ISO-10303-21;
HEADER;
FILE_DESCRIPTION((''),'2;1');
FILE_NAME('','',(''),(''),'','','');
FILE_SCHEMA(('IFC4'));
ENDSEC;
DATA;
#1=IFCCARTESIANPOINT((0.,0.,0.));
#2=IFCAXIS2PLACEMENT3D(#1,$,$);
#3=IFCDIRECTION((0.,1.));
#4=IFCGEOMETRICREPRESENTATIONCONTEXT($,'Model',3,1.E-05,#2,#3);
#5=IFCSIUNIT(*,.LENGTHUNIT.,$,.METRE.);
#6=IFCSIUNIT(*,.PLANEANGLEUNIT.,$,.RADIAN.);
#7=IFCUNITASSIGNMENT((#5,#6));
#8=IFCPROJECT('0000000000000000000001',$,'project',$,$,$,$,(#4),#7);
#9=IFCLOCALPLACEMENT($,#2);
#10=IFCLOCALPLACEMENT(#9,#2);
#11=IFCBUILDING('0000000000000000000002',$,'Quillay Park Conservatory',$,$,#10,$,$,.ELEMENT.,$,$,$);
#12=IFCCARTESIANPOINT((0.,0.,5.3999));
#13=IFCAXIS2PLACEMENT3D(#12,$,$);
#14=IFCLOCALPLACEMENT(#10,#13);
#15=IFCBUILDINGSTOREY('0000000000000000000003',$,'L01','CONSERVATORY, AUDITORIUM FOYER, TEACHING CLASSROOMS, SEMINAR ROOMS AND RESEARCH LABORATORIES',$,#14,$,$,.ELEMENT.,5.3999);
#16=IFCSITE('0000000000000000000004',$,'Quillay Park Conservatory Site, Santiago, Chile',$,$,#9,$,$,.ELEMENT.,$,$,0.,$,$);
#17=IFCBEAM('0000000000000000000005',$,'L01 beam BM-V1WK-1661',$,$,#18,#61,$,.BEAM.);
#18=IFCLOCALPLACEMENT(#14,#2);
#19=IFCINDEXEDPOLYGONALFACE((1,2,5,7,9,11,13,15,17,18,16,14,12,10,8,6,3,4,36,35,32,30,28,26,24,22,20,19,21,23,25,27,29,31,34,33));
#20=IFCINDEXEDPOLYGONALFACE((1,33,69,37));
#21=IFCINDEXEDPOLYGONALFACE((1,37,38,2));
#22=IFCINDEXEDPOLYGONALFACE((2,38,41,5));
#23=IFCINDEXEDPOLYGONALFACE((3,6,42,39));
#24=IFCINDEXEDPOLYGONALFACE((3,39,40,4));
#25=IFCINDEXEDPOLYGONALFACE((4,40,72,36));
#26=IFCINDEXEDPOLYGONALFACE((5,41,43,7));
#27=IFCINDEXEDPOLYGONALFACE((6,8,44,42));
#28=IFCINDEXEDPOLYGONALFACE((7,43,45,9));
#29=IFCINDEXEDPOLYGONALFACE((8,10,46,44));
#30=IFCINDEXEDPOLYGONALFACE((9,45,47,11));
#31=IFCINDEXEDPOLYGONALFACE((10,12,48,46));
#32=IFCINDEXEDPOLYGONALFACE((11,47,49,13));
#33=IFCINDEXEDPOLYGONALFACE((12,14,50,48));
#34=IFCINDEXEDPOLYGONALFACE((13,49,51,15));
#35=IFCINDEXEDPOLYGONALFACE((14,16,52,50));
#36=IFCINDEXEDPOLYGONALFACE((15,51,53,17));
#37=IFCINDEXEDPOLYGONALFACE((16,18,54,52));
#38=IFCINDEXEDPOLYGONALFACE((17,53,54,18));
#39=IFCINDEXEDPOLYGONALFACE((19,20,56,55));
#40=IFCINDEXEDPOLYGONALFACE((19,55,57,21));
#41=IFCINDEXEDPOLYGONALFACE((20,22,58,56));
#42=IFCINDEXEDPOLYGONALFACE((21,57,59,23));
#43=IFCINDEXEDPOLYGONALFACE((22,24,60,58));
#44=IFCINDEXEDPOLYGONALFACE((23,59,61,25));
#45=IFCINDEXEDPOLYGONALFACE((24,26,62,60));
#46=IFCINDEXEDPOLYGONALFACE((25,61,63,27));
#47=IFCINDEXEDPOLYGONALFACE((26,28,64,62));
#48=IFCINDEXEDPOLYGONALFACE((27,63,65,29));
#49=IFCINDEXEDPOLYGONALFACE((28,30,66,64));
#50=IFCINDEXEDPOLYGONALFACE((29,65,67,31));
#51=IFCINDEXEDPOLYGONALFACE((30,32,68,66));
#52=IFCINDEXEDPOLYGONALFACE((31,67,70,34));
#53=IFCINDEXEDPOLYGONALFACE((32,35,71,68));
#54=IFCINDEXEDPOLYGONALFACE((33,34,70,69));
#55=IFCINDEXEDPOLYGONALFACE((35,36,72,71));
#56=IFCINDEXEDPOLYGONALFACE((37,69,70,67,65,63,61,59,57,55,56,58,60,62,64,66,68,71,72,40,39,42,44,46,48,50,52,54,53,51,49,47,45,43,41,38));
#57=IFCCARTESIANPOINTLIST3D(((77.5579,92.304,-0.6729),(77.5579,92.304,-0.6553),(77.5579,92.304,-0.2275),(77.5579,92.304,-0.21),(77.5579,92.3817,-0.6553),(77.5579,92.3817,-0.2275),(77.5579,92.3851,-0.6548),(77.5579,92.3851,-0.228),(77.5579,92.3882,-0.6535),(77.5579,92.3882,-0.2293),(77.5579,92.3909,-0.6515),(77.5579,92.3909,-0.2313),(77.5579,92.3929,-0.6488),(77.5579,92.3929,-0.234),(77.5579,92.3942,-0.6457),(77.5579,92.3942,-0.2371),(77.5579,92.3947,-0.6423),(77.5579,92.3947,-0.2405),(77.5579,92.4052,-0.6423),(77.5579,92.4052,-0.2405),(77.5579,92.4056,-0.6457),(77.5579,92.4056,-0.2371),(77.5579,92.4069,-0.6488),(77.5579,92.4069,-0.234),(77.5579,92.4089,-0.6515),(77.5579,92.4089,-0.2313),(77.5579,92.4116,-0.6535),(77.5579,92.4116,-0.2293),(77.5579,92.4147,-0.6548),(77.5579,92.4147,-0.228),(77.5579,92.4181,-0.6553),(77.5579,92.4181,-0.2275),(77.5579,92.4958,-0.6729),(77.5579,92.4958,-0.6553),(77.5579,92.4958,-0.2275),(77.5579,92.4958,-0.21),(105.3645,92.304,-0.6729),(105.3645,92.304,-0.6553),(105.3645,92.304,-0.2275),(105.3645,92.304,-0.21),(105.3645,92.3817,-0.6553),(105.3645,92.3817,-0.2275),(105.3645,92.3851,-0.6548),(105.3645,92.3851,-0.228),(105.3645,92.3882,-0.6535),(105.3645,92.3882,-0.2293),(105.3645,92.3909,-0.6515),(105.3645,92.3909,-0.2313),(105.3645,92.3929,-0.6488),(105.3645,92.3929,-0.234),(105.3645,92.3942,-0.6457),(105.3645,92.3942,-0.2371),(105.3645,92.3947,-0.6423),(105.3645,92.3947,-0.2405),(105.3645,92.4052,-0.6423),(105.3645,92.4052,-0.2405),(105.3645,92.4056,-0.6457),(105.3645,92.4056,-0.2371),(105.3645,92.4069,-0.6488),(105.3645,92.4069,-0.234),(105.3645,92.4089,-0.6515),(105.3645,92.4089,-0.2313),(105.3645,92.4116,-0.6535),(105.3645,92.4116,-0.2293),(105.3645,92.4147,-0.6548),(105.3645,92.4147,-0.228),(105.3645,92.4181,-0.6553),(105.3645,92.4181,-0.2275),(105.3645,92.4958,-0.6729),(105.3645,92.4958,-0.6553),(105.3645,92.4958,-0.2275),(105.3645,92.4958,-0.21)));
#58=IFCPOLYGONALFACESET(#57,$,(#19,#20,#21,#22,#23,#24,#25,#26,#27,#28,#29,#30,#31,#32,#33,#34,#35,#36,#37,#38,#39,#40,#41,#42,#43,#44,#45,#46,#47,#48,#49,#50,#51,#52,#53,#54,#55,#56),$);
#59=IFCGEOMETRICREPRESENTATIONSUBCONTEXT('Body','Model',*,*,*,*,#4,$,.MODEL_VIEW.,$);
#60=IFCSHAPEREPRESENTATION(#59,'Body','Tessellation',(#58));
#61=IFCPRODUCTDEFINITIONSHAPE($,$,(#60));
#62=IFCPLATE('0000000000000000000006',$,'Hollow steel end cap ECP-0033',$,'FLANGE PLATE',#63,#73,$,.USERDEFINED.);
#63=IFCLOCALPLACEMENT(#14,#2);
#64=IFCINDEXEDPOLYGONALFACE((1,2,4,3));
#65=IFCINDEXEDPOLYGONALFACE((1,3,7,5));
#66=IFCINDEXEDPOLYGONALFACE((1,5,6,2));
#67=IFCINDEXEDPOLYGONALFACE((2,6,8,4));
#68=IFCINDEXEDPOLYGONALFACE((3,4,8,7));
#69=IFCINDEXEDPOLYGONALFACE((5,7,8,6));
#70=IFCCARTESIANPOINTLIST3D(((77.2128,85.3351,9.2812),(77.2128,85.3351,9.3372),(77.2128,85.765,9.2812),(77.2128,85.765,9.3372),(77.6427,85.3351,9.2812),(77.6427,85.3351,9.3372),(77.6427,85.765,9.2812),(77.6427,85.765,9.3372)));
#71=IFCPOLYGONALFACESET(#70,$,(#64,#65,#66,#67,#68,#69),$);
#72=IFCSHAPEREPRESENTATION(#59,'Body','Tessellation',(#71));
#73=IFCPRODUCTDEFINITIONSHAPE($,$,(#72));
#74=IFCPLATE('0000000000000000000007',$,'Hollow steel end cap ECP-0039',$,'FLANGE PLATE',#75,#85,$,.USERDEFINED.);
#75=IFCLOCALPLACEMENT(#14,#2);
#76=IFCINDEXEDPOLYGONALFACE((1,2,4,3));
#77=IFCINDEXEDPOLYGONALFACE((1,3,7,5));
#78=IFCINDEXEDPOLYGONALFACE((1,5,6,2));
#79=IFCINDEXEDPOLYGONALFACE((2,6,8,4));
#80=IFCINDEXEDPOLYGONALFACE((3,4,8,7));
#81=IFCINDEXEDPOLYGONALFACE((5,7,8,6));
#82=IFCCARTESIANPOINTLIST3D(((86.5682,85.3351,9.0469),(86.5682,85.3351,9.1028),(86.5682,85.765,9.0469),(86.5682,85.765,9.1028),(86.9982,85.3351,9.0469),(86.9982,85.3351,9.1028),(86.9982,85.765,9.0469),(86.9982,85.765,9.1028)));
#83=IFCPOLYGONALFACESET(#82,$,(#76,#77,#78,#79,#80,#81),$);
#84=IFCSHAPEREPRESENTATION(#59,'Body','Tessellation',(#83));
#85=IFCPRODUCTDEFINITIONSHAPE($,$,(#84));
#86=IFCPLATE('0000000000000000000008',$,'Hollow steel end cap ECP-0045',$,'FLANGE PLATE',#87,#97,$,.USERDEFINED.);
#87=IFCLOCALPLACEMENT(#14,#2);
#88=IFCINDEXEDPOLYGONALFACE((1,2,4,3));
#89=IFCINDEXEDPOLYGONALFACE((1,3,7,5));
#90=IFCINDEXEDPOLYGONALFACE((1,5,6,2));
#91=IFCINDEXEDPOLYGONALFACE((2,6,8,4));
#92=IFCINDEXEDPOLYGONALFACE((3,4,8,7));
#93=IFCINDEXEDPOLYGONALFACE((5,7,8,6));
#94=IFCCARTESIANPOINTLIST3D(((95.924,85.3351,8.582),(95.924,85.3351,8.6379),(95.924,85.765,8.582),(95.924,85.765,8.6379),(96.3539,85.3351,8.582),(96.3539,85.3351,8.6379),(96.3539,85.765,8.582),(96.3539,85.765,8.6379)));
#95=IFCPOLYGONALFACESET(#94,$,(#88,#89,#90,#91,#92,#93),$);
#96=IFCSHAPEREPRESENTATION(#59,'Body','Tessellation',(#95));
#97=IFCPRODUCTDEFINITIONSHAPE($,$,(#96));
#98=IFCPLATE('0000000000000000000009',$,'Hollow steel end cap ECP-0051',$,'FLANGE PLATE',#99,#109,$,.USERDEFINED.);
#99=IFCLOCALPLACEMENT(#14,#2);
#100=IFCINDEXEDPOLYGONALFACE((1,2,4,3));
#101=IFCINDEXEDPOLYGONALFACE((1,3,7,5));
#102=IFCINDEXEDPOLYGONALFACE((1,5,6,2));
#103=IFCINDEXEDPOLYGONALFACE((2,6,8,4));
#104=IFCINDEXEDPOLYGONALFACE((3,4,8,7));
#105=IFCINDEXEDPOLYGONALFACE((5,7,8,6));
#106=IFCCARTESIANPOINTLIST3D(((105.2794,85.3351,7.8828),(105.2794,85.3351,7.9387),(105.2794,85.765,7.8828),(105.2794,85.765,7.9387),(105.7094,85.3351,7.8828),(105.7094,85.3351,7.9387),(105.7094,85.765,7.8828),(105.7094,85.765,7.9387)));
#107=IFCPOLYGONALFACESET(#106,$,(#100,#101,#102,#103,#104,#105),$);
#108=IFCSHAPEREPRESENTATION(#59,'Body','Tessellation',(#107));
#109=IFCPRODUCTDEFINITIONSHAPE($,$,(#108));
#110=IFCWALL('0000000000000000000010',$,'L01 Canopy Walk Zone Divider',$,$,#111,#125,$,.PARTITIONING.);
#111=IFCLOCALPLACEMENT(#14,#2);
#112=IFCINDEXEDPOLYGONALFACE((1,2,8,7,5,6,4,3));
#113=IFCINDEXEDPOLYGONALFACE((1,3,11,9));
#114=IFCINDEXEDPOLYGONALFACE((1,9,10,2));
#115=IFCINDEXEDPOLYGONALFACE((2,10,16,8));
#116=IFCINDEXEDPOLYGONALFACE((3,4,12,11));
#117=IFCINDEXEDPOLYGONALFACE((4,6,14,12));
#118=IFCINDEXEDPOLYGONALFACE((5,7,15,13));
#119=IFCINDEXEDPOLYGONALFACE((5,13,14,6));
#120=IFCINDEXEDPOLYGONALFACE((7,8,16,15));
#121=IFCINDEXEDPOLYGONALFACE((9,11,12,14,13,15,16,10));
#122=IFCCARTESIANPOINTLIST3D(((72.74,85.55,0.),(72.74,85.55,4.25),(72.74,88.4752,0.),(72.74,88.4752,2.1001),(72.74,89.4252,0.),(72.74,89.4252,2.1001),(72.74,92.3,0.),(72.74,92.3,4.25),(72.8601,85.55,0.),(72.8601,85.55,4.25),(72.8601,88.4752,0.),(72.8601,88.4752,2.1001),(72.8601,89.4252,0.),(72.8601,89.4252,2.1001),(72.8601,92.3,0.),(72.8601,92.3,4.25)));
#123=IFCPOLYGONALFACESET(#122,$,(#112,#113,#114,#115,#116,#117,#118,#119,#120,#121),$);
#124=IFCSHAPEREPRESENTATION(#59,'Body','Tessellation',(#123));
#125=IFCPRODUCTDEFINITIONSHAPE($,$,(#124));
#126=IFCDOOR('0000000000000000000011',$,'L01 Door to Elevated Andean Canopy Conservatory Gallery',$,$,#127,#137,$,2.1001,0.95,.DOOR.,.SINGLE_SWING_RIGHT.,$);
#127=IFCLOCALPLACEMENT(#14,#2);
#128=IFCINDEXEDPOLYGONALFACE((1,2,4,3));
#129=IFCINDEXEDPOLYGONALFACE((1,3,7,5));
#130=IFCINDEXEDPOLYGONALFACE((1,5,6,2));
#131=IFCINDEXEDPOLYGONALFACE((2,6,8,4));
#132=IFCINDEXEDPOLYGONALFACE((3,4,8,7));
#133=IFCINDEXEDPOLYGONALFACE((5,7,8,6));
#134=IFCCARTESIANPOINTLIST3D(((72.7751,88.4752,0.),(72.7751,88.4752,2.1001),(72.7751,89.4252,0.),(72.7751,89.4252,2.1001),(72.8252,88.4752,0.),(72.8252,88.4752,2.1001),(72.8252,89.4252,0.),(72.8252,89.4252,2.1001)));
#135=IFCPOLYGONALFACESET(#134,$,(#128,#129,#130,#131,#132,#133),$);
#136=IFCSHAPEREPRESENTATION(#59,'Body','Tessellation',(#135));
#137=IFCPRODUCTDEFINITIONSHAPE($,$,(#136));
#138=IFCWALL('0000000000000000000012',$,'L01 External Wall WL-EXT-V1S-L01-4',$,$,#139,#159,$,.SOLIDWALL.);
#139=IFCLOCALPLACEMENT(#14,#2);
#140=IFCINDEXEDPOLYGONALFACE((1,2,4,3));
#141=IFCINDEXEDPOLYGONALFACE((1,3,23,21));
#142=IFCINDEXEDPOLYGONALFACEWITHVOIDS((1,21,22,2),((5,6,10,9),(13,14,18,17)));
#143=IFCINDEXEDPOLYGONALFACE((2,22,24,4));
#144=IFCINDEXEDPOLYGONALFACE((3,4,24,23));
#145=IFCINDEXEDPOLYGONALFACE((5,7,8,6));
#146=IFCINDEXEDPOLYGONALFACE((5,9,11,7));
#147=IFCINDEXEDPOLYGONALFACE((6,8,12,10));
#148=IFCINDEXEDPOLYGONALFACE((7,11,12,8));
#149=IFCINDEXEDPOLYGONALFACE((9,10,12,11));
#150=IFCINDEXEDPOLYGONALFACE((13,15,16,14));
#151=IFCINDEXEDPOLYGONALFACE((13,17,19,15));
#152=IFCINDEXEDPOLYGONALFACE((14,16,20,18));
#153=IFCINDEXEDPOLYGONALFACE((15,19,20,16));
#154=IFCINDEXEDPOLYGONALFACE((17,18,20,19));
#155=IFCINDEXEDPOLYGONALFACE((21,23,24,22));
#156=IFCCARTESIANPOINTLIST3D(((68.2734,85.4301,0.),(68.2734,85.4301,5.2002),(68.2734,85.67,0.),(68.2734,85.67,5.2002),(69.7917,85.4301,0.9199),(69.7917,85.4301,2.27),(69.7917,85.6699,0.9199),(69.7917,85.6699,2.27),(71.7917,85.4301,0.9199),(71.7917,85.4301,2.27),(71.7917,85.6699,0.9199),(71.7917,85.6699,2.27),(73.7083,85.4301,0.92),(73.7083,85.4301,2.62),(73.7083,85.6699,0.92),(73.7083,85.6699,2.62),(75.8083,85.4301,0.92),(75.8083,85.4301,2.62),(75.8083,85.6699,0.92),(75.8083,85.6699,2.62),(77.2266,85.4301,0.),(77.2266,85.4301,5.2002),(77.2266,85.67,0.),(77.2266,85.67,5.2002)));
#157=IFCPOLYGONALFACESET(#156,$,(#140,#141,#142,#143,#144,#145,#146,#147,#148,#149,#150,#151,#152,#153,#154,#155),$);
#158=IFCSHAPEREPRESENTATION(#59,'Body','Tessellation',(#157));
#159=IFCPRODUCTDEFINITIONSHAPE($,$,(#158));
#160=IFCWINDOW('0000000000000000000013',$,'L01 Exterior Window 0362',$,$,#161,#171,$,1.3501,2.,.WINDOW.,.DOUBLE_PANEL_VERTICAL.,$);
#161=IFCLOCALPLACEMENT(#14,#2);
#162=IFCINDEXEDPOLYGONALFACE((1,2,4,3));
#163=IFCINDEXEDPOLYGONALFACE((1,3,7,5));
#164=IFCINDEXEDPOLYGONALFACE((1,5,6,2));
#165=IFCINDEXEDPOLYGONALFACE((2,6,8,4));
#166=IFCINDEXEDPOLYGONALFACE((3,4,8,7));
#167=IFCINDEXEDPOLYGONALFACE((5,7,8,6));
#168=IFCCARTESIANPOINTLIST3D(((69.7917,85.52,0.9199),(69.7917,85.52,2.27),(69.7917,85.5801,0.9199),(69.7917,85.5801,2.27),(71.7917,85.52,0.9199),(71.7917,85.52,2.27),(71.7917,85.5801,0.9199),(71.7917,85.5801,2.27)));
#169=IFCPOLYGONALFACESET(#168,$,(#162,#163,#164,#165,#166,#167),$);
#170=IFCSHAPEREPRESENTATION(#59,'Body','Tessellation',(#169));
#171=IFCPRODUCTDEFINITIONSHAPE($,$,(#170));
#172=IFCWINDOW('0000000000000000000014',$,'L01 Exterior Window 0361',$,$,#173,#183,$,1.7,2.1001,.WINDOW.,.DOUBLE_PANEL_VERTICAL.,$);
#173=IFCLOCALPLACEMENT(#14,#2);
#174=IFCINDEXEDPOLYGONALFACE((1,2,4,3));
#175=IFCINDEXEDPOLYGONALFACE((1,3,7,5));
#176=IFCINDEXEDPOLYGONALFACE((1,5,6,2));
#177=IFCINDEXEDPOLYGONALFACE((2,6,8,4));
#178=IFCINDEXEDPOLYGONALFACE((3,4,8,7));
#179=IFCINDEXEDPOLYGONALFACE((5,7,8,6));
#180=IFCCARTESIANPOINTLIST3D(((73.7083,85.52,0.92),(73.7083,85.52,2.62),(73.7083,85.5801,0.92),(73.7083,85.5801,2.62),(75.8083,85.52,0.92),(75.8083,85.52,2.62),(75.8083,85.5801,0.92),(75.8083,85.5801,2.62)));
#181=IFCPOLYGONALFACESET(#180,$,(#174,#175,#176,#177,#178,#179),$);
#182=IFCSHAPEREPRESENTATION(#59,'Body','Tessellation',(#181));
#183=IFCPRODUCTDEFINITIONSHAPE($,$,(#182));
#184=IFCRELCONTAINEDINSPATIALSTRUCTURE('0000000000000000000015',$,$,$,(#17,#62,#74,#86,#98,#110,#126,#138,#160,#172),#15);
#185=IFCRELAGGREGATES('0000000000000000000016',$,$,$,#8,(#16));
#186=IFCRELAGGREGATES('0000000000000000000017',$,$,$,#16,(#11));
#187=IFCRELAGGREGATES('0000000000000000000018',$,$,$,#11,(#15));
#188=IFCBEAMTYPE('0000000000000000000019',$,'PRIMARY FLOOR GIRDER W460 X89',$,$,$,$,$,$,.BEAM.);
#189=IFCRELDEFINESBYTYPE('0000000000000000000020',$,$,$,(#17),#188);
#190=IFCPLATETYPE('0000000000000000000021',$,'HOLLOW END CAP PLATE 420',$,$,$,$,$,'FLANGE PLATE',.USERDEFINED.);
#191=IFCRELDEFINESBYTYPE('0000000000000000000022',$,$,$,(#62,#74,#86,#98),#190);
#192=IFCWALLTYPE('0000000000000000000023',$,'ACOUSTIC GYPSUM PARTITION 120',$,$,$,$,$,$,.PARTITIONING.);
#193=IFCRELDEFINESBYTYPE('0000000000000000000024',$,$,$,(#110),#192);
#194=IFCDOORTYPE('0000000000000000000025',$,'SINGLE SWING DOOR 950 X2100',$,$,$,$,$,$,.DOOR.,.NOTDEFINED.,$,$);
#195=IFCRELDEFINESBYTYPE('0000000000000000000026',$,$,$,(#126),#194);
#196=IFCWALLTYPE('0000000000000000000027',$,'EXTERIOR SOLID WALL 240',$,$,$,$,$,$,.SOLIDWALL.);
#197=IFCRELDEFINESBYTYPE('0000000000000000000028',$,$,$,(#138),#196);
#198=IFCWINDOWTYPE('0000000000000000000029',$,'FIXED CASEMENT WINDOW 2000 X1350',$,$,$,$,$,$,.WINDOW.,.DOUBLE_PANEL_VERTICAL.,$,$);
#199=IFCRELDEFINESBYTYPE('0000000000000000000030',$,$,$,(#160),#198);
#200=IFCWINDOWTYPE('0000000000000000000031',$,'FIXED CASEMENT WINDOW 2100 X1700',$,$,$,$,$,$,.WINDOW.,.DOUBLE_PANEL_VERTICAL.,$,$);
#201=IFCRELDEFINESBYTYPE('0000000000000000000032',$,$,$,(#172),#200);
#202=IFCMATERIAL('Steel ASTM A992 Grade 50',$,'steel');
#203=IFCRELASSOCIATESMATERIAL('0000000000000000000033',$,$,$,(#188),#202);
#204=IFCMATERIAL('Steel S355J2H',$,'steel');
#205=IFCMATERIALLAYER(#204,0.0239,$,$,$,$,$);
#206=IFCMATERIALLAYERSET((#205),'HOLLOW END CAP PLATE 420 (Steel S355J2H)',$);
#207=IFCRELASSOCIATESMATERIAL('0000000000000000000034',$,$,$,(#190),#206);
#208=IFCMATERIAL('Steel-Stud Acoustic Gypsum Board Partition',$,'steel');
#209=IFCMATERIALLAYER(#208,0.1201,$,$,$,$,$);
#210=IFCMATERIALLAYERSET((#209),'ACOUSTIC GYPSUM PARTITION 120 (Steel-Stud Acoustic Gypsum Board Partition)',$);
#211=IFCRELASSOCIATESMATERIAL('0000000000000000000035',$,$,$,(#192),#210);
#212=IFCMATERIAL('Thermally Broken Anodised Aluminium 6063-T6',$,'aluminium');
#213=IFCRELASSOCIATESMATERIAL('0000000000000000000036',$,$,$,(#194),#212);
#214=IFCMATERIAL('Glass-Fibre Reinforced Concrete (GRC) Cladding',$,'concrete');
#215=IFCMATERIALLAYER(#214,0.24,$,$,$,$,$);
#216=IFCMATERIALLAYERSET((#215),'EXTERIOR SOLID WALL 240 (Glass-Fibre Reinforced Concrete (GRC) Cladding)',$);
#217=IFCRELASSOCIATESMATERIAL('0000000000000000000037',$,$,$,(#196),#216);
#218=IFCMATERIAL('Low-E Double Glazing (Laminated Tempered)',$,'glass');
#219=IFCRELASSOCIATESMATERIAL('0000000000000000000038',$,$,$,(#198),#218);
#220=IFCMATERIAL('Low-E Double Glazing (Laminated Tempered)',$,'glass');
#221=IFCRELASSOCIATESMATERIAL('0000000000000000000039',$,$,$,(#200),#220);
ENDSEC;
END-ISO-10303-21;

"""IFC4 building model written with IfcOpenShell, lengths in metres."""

from ifc_helpers import new_model, si_unit, direction, frame, frame_2d, origin, origin_2d, place, context, subcontext, project, spatial, rectangle, i_section, extrude, material, layer, layer_set, material_profile, profile_set, type_object, element, fill, save


model = new_model("IFC4")

# Units and contexts
model_context = context("Model", 3, precision=1e-05, world=origin(), true_north=direction((0.0, 1.0)))
body_context = subcontext(model_context, "Body", "Model", "MODEL_VIEW")
ifc_project = project(units=[si_unit("LENGTHUNIT", "METRE"), si_unit("PLANEANGLEUNIT", "RADIAN")], contexts=[model_context])

# Site, building, storey
site_placement = place(None, origin())
site = spatial("IfcSite", under=ifc_project, at=site_placement, Name="Quillay Park Conservatory Site, Santiago, Chile", CompositionType="ELEMENT", RefElevation=0.0)
building_placement = place(site_placement, origin())
building = spatial("IfcBuilding", under=site, at=building_placement, Name="Quillay Park Conservatory", CompositionType="ELEMENT")
storey_placement = place(building_placement, frame((0.0, 0.0, 5.3999)))
storey = spatial("IfcBuildingStorey", under=building, at=storey_placement, Name="L01", Description="CONSERVATORY, AUDITORIUM FOYER, TEACHING CLASSROOMS, SEMINAR ROOMS AND RESEARCH LABORATORIES", CompositionType="ELEMENT", Elevation=5.3999)

# Beam
ifc_material_1 = material(Name="Steel ASTM A992 Grade 50", Category="steel")
ifc_material_profile_1 = material_profile(ifc_material_1, i_section(OverallWidth=0.1919, OverallDepth=0.4629, WebThickness=0.0105, FlangeThickness=0.0176, FilletRadius=0.0129, at=origin_2d()), Name="W460x89")
ifc_profile_set_1 = profile_set([ifc_material_profile_1], Name="Steel ASTM A992 Grade 50")
beam_type_1 = type_object("IfcBeamType", Name="PRIMARY FLOOR GIRDER W460 X89", PredefinedType="BEAM", material=ifc_profile_set_1)
beam_1_placement = place(storey_placement, frame((77.5579, 92.3999, -0.4414), z_axis=(1.0, 0.0, 0.0), x_axis=(0.0, 1.0, 0.0)))
element("IfcBeam", 1, at=beam_1_placement, inside=storey, type_object=beam_type_1, Name="L01 beam BM-V1WK-1661", PredefinedType="BEAM", context=body_context, shape_type="SweptSolid", body=[
    extrude(i_section(OverallWidth=0.1919, OverallDepth=0.4629, WebThickness=0.0105, FlangeThickness=0.0176, FilletRadius=0.0129, at=origin_2d()), origin(), (0.0, 0.0, 1.0), 27.8066),
])

# Plates
ifc_material_2 = material(Name="Steel S355J2H", Category="steel")
ifc_layer_1 = layer(ifc_material_2, 0.0239)
ifc_layer_set_1 = layer_set([ifc_layer_1], Name="HOLLOW END CAP PLATE 420 (Steel S355J2H)")
plate_type = type_object("IfcPlateType", Name="HOLLOW END CAP PLATE 420", ElementType="FLANGE PLATE", PredefinedType="USERDEFINED", material=ifc_layer_set_1)
for number, where, z_axis, x_axis, name in (
    (2, (77.4277, 85.55, 9.2812), (0.0, 0.0, 1.0), (1.0, 0.0, 0.0), "Hollow steel end cap ECP-0033"),
    (3, (86.7832, 85.55, 9.0469), (0.0, 0.0, 1.0), (1.0, 0.0, 0.0), "Hollow steel end cap ECP-0039"),
    (4, (96.1389, 85.55, 8.582), (0.0, 0.0, 1.0), (1.0, 0.0, 0.0), "Hollow steel end cap ECP-0045"),
    (5, (105.4944, 85.55, 7.8828), (0.0, 0.0, 1.0), (1.0, 0.0, 0.0), "Hollow steel end cap ECP-0051"),
):
    element("IfcPlate", number, at=place(storey_placement, frame(where, z_axis=z_axis, x_axis=x_axis)), inside=storey, type_object=plate_type, Name=name, ObjectType="FLANGE PLATE", PredefinedType="USERDEFINED", context=body_context, shape_type="SweptSolid", body=[
        extrude(rectangle(XDim=0.4299, YDim=0.4299, at=origin_2d()), origin(), (0.0, 0.0, 1.0), 0.0559),
    ])

# Wall, opening, door
ifc_material_3 = material(Name="Steel-Stud Acoustic Gypsum Board Partition", Category="steel")
ifc_layer_2 = layer(ifc_material_3, 0.1201)
ifc_layer_set_2 = layer_set([ifc_layer_2], Name="ACOUSTIC GYPSUM PARTITION 120 (Steel-Stud Acoustic Gypsum Board Partition)")
wall_type_1 = type_object("IfcWallType", Name="ACOUSTIC GYPSUM PARTITION 120", PredefinedType="PARTITIONING", material=ifc_layer_set_2)
wall_1_placement = place(storey_placement, frame((72.8, 85.55, 0.0), z_axis=(0.0, 0.0, 1.0), x_axis=(0.0, 1.0, 0.0)))
wall_1 = element("IfcWall", 6, at=wall_1_placement, inside=storey, type_object=wall_type_1, Name="L01 Canopy Walk Zone Divider", PredefinedType="PARTITIONING", context=body_context, shape_type="SweptSolid", body=[
    extrude(rectangle(XDim=6.75, YDim=0.1201, at=frame_2d((3.375, 0.0))), origin(), (0.0, 0.0, 1.0), 4.25),
])
opening_1_placement = place(wall_1_placement, frame((2.925, 0.0, 0.0)))
opening_1 = element("IfcOpeningElement", 7, at=opening_1_placement, cuts=wall_1, PredefinedType="OPENING", context=body_context, shape_type="SweptSolid", body=[
    extrude(rectangle(XDim=0.95, YDim=2.1001, at=frame_2d((0.4751, 1.05))), frame((0.0, 0.0601, 0.0), z_axis=(0.0, -1.0, 0.0), x_axis=(1.0, 0.0, 0.0)), (0.0, 0.0, 1.0), 0.1201),
])
ifc_material_4 = material(Name="Thermally Broken Anodised Aluminium 6063-T6", Category="aluminium")
door_type = type_object("IfcDoorType", Name="SINGLE SWING DOOR 950 X2100", OperationType="NOTDEFINED", PredefinedType="DOOR", material=ifc_material_4)
door_placement = place(opening_1_placement, origin())
door = element("IfcDoor", 8, at=door_placement, inside=storey, type_object=door_type, Name="L01 Door to Elevated Andean Canopy Conservatory Gallery", OperationType="SINGLE_SWING_RIGHT", OverallHeight=2.1001, OverallWidth=0.95, PredefinedType="DOOR", context=body_context, shape_type="SweptSolid", body=[
    extrude(rectangle(XDim=0.95, YDim=2.1001, at=frame_2d((0.4751, 1.05))), frame((0.0, 0.0249, 0.0), z_axis=(0.0, -1.0, 0.0), x_axis=(1.0, 0.0, 0.0)), (0.0, 0.0, 1.0), 0.05),
])
fill(opening_1, door)

# Wall, openings, windows
ifc_material_5 = material(Name="Glass-Fibre Reinforced Concrete (GRC) Cladding", Category="concrete")
ifc_layer_3 = layer(ifc_material_5, 0.24)
ifc_layer_set_3 = layer_set([ifc_layer_3], Name="EXTERIOR SOLID WALL 240 (Glass-Fibre Reinforced Concrete (GRC) Cladding)")
wall_type_2 = type_object("IfcWallType", Name="EXTERIOR SOLID WALL 240", PredefinedType="SOLIDWALL", material=ifc_layer_set_3)
wall_2_placement = place(storey_placement, frame((77.2266, 85.55, 0.0), z_axis=(0.0, 0.0, 1.0), x_axis=(-1.0, 0.0, 0.0)))
wall_2 = element("IfcWall", 9, at=wall_2_placement, inside=storey, type_object=wall_type_2, Name="L01 External Wall WL-EXT-V1S-L01-4", PredefinedType="SOLIDWALL", context=body_context, shape_type="SweptSolid", body=[
    extrude(rectangle(XDim=8.9531, YDim=0.24, at=frame_2d((4.4766, 0.0))), origin(), (0.0, 0.0, 1.0), 5.2002),
])
opening_2_placement = place(wall_2_placement, frame((1.4182, 0.0, 0.9199)))
opening_2 = element("IfcOpeningElement", 10, at=opening_2_placement, cuts=wall_2, PredefinedType="OPENING", context=body_context, shape_type="SweptSolid", body=[
    extrude(rectangle(XDim=2.1001, YDim=1.7, at=frame_2d((1.05, 0.8501))), frame((0.0, 0.1201, 0.0), z_axis=(0.0, -1.0, 0.0), x_axis=(1.0, 0.0, 0.0)), (0.0, 0.0, 1.0), 0.24),
])
opening_3_placement = place(wall_2_placement, frame((5.4348, 0.0, 0.9199)))
opening_3 = element("IfcOpeningElement", 11, at=opening_3_placement, cuts=wall_2, PredefinedType="OPENING", context=body_context, shape_type="SweptSolid", body=[
    extrude(rectangle(XDim=2.0, YDim=1.3501, at=frame_2d((1.0, 0.675))), frame((0.0, 0.1201, 0.0), z_axis=(0.0, -1.0, 0.0), x_axis=(1.0, 0.0, 0.0)), (0.0, 0.0, 1.0), 0.24),
])
ifc_material_6 = material(Name="Low-E Double Glazing (Laminated Tempered)", Category="glass")
window_type_1 = type_object("IfcWindowType", Name="FIXED CASEMENT WINDOW 2000 X1350", PartitioningType="DOUBLE_PANEL_VERTICAL", PredefinedType="WINDOW", material=ifc_material_6)
window_1_placement = place(opening_3_placement, origin())
window_1 = element("IfcWindow", 12, at=window_1_placement, inside=storey, type_object=window_type_1, Name="L01 Exterior Window 0362", OverallHeight=1.3501, OverallWidth=2.0, PartitioningType="DOUBLE_PANEL_VERTICAL", PredefinedType="WINDOW", context=body_context, shape_type="SweptSolid", body=[
    extrude(rectangle(XDim=2.0, YDim=1.3501, at=frame_2d((1.0, 0.675))), frame((0.0, 0.03, 0.0), z_axis=(0.0, -1.0, 0.0), x_axis=(1.0, 0.0, 0.0)), (0.0, 0.0, 1.0), 0.0601),
])
fill(opening_3, window_1)
ifc_material_7 = material(Name="Low-E Double Glazing (Laminated Tempered)", Category="glass")
window_type_2 = type_object("IfcWindowType", Name="FIXED CASEMENT WINDOW 2100 X1700", PartitioningType="DOUBLE_PANEL_VERTICAL", PredefinedType="WINDOW", material=ifc_material_7)
window_2_placement = place(opening_2_placement, origin())
window_2 = element("IfcWindow", 13, at=window_2_placement, inside=storey, type_object=window_type_2, Name="L01 Exterior Window 0361", OverallHeight=1.7, OverallWidth=2.1001, PartitioningType="DOUBLE_PANEL_VERTICAL", PredefinedType="WINDOW", context=body_context, shape_type="SweptSolid", body=[
    extrude(rectangle(XDim=2.1001, YDim=1.7, at=frame_2d((1.05, 0.8501))), frame((0.0, 0.03, 0.0), z_axis=(0.0, -1.0, 0.0), x_axis=(1.0, 0.0, 0.0)), (0.0, 0.0, 1.0), 0.0601),
])
fill(opening_2, window_2)

save(model, "model.ifc")
